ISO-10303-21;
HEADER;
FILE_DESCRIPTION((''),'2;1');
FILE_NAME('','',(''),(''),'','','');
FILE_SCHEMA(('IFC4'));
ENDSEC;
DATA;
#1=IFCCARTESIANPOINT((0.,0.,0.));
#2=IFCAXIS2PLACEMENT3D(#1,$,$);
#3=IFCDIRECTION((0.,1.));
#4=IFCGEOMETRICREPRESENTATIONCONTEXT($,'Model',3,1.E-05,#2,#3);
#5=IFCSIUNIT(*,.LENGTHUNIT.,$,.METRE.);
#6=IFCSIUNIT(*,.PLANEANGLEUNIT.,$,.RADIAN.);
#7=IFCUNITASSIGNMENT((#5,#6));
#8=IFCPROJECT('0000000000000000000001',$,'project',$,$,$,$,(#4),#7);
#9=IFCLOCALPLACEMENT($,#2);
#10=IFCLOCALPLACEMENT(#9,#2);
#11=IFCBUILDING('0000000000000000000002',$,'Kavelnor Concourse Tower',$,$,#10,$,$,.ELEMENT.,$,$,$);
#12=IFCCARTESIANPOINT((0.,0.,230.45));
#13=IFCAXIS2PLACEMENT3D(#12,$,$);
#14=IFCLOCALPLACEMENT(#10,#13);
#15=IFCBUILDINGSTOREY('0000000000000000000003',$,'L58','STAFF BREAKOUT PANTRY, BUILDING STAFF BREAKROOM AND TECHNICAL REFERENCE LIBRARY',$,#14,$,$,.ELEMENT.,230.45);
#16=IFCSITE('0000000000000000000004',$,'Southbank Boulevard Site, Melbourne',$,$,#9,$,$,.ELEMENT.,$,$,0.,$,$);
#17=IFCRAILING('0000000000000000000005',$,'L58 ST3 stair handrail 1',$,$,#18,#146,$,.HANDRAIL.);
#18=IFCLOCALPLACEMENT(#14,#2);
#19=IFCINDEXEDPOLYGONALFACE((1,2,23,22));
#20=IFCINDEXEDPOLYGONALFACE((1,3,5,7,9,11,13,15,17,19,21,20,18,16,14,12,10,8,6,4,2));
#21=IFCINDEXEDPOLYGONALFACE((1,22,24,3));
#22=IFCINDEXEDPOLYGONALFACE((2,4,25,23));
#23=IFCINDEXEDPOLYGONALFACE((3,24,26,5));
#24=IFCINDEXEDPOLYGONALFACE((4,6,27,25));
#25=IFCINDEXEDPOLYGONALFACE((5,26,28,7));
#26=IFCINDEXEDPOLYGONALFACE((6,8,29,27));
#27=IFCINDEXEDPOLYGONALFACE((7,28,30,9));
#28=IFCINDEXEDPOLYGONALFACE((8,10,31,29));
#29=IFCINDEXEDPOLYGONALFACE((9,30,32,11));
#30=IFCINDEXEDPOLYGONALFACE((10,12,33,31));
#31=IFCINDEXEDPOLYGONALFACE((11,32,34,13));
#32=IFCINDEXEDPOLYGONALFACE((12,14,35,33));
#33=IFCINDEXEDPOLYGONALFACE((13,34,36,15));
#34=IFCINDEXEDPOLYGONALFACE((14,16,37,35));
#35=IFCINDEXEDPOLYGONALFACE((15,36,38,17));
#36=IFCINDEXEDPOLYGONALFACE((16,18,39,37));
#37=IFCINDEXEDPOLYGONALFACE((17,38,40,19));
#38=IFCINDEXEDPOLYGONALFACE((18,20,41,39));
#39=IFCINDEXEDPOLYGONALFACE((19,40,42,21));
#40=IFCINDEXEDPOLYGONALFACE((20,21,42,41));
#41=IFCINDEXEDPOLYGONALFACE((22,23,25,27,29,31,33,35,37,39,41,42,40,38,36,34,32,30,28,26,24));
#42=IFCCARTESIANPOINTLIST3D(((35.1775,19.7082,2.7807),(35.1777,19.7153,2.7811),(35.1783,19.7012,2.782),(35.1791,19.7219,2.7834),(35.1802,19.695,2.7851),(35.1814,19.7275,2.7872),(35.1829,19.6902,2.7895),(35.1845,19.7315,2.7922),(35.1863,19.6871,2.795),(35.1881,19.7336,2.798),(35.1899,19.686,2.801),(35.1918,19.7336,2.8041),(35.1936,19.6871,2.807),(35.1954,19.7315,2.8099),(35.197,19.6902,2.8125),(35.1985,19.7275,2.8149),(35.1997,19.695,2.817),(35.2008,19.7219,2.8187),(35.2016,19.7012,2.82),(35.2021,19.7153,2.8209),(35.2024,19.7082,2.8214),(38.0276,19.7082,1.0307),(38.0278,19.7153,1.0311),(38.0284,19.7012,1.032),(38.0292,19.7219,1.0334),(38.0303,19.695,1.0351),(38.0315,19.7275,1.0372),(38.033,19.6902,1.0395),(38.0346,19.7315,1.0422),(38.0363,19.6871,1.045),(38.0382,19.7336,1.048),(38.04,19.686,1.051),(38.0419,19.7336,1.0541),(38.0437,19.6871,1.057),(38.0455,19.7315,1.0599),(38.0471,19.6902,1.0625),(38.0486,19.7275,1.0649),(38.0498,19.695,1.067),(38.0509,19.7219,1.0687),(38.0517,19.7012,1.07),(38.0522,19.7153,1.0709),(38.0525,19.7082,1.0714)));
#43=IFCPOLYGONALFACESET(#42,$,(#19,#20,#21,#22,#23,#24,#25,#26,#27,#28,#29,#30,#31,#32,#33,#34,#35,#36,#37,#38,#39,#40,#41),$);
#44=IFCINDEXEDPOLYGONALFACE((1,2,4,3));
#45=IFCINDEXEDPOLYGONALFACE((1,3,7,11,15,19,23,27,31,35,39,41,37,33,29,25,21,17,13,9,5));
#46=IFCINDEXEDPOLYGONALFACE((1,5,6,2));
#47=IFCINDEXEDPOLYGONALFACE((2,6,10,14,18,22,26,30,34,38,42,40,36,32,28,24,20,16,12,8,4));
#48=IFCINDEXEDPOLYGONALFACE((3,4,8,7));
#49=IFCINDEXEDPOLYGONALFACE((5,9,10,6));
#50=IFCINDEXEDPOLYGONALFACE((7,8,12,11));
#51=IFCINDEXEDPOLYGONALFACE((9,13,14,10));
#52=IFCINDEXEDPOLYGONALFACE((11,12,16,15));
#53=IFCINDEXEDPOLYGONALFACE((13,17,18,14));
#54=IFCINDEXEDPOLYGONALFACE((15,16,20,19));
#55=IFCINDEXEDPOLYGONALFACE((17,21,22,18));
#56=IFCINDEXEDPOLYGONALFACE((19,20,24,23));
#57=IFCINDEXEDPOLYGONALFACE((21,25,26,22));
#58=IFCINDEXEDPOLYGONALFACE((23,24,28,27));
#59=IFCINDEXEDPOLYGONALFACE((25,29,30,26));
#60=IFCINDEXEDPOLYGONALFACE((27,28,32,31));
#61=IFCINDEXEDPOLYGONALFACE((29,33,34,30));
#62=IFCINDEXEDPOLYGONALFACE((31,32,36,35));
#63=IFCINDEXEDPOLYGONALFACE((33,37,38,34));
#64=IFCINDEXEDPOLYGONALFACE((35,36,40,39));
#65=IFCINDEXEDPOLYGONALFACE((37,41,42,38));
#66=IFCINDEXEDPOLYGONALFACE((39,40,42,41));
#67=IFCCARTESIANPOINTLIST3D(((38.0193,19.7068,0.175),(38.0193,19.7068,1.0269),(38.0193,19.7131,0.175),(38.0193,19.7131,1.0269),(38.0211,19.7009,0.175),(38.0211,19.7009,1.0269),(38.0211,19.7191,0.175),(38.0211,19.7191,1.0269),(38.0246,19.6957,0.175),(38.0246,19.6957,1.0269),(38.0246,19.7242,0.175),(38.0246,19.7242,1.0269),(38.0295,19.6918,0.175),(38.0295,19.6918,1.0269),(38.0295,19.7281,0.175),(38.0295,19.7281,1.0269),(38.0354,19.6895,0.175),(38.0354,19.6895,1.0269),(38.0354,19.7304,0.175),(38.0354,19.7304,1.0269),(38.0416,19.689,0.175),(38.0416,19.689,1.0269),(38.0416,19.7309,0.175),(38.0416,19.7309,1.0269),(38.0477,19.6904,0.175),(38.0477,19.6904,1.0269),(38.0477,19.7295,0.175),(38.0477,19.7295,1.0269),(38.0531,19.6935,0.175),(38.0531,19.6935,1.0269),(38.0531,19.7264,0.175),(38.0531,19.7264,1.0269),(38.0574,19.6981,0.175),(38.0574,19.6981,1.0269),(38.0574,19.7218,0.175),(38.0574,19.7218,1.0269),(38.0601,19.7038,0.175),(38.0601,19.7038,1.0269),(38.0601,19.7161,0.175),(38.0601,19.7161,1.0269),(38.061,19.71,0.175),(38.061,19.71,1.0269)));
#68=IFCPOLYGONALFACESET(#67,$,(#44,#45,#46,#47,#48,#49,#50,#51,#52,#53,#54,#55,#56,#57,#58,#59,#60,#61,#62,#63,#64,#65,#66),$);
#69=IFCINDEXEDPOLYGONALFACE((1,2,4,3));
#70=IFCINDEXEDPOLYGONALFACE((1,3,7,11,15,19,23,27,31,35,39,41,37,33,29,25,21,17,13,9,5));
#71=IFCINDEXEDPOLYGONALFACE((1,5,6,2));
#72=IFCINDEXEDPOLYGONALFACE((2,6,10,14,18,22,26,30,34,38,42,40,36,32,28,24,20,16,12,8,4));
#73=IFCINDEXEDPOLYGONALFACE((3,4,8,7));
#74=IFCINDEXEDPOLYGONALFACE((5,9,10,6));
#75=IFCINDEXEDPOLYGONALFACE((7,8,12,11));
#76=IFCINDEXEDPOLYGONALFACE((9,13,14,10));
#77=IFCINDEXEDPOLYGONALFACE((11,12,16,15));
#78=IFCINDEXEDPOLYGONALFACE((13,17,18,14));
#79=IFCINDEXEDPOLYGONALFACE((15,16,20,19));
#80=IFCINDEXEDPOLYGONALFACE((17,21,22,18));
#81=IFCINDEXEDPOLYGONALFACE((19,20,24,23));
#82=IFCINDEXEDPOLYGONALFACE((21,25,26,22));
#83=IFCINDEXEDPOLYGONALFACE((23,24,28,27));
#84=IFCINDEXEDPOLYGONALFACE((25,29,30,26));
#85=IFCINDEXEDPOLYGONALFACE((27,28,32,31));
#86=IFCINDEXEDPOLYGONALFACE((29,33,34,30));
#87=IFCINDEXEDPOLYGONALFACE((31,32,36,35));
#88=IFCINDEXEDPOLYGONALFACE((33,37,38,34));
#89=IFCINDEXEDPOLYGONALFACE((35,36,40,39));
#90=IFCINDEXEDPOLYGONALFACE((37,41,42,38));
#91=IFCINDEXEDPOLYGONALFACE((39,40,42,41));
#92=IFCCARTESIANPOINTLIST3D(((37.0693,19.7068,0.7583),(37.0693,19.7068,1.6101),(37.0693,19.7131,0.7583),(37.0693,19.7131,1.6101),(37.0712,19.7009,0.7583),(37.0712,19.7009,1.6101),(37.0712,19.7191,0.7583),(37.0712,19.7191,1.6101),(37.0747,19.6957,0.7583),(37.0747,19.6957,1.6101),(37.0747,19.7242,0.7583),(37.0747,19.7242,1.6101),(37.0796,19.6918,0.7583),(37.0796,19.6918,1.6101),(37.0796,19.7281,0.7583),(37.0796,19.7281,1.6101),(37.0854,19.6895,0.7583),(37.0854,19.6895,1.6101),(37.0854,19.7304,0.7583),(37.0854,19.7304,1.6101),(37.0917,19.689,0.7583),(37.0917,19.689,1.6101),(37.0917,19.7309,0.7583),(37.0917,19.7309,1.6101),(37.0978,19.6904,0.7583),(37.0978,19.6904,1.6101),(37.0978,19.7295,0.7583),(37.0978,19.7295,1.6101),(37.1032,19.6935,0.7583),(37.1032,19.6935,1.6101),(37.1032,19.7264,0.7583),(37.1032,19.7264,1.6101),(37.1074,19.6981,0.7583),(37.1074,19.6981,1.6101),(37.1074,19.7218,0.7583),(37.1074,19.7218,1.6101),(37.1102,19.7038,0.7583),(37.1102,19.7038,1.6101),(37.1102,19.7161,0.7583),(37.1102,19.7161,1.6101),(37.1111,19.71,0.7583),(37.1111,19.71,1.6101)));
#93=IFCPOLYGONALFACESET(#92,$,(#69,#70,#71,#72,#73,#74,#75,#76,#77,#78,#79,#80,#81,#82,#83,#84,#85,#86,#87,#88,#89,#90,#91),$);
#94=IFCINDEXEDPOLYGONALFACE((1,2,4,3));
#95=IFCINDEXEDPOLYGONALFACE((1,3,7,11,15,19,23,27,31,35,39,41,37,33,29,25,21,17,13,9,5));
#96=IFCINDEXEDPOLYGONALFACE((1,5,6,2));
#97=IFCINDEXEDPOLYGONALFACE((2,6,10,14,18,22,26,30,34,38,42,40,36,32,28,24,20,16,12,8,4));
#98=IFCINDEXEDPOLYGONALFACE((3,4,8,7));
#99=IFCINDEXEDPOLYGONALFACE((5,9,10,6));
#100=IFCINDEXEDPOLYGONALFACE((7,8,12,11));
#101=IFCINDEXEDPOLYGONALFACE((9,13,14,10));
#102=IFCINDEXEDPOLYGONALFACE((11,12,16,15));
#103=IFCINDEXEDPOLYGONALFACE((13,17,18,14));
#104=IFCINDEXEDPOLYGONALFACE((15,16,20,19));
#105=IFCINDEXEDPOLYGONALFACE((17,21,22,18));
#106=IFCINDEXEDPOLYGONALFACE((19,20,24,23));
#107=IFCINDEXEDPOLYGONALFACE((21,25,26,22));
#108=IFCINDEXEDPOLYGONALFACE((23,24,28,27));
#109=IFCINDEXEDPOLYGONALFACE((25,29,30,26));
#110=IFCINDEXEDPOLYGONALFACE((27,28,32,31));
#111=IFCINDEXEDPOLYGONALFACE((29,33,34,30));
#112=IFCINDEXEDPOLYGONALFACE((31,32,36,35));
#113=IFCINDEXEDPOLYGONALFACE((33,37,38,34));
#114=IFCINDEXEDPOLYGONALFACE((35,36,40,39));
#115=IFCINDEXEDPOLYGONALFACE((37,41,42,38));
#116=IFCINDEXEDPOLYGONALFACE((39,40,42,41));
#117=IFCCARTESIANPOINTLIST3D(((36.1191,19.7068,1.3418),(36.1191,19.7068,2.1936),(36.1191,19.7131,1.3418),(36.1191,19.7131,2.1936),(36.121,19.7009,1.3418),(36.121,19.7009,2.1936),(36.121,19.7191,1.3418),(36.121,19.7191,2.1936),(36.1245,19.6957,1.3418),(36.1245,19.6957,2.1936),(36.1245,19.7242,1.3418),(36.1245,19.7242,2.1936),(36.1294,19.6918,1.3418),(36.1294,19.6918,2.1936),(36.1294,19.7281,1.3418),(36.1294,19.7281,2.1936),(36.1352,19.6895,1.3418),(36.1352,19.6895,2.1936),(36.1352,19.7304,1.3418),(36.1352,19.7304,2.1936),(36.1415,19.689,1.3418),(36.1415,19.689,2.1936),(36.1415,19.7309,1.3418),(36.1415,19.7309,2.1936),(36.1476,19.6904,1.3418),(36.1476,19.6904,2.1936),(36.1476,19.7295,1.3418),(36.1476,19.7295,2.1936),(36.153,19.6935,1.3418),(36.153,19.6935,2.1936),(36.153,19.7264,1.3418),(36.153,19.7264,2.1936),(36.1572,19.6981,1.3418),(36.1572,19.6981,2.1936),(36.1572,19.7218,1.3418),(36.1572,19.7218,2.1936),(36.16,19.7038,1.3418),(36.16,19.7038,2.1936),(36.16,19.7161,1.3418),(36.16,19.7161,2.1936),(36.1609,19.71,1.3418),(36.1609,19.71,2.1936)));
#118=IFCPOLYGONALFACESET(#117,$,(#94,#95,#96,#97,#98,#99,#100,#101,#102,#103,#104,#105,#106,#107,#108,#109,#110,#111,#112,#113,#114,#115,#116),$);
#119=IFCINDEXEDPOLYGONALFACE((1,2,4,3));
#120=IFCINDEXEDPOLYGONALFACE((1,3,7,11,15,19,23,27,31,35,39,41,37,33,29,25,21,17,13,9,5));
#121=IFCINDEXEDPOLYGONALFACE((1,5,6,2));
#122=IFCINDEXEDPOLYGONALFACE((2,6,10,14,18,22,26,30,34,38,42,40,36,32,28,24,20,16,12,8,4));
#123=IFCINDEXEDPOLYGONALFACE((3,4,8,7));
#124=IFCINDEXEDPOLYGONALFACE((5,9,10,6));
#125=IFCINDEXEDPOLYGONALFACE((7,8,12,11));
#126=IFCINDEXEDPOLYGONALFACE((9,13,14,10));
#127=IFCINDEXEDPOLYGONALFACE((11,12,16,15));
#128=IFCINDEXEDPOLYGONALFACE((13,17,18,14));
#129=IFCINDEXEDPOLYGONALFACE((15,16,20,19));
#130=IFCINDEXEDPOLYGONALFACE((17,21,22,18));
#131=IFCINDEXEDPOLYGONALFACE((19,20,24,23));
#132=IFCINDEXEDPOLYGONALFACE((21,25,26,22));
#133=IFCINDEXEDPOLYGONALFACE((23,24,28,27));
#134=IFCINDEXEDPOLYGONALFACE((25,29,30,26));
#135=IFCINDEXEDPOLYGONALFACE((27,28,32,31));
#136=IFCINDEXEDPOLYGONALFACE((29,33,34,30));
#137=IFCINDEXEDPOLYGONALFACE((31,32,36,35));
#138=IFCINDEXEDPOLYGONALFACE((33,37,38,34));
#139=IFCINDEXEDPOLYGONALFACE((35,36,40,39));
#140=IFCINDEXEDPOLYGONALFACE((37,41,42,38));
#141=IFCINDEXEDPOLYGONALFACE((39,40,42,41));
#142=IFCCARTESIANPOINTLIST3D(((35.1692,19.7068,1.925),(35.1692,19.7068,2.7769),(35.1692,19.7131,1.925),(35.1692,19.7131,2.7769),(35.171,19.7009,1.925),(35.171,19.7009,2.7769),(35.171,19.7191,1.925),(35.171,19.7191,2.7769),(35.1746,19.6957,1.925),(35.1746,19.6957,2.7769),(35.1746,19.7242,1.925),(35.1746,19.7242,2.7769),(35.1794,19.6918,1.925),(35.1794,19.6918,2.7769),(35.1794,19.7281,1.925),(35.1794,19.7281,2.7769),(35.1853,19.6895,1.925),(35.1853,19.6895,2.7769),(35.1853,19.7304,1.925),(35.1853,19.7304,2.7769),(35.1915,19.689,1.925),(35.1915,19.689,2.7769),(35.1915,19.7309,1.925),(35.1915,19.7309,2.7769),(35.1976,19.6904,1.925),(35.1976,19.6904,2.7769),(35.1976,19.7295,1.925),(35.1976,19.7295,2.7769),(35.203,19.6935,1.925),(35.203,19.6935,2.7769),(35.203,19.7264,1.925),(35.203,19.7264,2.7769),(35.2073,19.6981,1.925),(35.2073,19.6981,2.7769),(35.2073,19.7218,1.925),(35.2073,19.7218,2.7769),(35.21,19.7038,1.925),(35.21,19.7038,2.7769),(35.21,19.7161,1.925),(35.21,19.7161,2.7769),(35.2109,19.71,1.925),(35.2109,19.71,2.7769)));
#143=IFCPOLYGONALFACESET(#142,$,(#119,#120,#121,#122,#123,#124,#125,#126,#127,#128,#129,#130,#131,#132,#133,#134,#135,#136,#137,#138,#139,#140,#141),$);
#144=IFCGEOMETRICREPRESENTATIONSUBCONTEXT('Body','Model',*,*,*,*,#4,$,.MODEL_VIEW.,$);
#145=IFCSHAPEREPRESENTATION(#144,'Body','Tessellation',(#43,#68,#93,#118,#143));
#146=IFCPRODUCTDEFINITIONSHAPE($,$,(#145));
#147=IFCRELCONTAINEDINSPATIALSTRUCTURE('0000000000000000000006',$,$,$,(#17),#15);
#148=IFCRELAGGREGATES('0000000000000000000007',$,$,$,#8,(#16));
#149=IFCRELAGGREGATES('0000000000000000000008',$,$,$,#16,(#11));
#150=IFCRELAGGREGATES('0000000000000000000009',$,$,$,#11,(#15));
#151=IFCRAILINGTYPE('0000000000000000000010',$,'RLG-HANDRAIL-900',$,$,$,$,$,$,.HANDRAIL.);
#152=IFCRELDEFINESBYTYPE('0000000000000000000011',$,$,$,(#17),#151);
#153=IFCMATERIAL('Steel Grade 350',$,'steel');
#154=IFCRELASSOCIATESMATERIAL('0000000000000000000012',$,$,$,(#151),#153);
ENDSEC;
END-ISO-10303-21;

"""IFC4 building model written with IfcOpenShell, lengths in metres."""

from ifc_helpers import new_model, si_unit, direction, frame, origin, origin_2d, place, context, subcontext, project, spatial, circle, extrude, material, type_object, element, save


model = new_model("IFC4")

# Units and contexts
model_context = context("Model", 3, precision=1e-05, world=origin(), true_north=direction((0.0, 1.0)))
body_context = subcontext(model_context, "Body", "Model", "MODEL_VIEW")
ifc_project = project(units=[si_unit("LENGTHUNIT", "METRE"), si_unit("PLANEANGLEUNIT", "RADIAN")], contexts=[model_context])

# Site, building, storey
site_placement = place(None, origin())
site = spatial("IfcSite", under=ifc_project, at=site_placement, Name="Southbank Boulevard Site, Melbourne", CompositionType="ELEMENT", RefElevation=0.0)
building_placement = place(site_placement, origin())
building = spatial("IfcBuilding", under=site, at=building_placement, Name="Kavelnor Concourse Tower", CompositionType="ELEMENT")
storey_placement = place(building_placement, frame((0.0, 0.0, 230.45)))
storey = spatial("IfcBuildingStorey", under=building, at=storey_placement, Name="L58", Description="STAFF BREAKOUT PANTRY, BUILDING STAFF BREAKROOM AND TECHNICAL REFERENCE LIBRARY", CompositionType="ELEMENT", Elevation=230.45)

# Shared definitions
ifc_material_1 = material(Name="Steel Grade 350", Category="steel")

# Railing
railing_type_1 = type_object("IfcRailingType", Name="RLG-HANDRAIL-900", PredefinedType="HANDRAIL", material=ifc_material_1)
railing_1_placement = place(storey_placement, frame((38.04, 19.71, 0.175)))
element("IfcRailing", 1, at=railing_1_placement, inside=storey, type_object=railing_type_1, Name="L58 ST3 stair handrail 1", PredefinedType="HANDRAIL", context=body_context, shape_type="SweptSolid", body=[
    extrude(circle(Radius=0.0239, at=origin_2d()), frame((0.0, 0.0, 0.876), z_axis=(-0.852179, 0.0, 0.52325), x_axis=(0.0, -1.0, 0.0)), (0.0, 0.0, 1.0), 3.3445),
    extrude(circle(Radius=0.021, at=origin_2d()), origin(), (0.0, 0.0, 1.0), 0.8518),
    extrude(circle(Radius=0.021, at=origin_2d()), frame((-0.95, 0.0, 0.5833)), (0.0, 0.0, 1.0), 0.8518),
    extrude(circle(Radius=0.021, at=origin_2d()), frame((-1.9001, 0.0, 1.1667)), (0.0, 0.0, 1.0), 0.8518),
    extrude(circle(Radius=0.021, at=origin_2d()), frame((-2.8501, 0.0, 1.75)), (0.0, 0.0, 1.0), 0.8518),
])

save(model, "model.ifc")
